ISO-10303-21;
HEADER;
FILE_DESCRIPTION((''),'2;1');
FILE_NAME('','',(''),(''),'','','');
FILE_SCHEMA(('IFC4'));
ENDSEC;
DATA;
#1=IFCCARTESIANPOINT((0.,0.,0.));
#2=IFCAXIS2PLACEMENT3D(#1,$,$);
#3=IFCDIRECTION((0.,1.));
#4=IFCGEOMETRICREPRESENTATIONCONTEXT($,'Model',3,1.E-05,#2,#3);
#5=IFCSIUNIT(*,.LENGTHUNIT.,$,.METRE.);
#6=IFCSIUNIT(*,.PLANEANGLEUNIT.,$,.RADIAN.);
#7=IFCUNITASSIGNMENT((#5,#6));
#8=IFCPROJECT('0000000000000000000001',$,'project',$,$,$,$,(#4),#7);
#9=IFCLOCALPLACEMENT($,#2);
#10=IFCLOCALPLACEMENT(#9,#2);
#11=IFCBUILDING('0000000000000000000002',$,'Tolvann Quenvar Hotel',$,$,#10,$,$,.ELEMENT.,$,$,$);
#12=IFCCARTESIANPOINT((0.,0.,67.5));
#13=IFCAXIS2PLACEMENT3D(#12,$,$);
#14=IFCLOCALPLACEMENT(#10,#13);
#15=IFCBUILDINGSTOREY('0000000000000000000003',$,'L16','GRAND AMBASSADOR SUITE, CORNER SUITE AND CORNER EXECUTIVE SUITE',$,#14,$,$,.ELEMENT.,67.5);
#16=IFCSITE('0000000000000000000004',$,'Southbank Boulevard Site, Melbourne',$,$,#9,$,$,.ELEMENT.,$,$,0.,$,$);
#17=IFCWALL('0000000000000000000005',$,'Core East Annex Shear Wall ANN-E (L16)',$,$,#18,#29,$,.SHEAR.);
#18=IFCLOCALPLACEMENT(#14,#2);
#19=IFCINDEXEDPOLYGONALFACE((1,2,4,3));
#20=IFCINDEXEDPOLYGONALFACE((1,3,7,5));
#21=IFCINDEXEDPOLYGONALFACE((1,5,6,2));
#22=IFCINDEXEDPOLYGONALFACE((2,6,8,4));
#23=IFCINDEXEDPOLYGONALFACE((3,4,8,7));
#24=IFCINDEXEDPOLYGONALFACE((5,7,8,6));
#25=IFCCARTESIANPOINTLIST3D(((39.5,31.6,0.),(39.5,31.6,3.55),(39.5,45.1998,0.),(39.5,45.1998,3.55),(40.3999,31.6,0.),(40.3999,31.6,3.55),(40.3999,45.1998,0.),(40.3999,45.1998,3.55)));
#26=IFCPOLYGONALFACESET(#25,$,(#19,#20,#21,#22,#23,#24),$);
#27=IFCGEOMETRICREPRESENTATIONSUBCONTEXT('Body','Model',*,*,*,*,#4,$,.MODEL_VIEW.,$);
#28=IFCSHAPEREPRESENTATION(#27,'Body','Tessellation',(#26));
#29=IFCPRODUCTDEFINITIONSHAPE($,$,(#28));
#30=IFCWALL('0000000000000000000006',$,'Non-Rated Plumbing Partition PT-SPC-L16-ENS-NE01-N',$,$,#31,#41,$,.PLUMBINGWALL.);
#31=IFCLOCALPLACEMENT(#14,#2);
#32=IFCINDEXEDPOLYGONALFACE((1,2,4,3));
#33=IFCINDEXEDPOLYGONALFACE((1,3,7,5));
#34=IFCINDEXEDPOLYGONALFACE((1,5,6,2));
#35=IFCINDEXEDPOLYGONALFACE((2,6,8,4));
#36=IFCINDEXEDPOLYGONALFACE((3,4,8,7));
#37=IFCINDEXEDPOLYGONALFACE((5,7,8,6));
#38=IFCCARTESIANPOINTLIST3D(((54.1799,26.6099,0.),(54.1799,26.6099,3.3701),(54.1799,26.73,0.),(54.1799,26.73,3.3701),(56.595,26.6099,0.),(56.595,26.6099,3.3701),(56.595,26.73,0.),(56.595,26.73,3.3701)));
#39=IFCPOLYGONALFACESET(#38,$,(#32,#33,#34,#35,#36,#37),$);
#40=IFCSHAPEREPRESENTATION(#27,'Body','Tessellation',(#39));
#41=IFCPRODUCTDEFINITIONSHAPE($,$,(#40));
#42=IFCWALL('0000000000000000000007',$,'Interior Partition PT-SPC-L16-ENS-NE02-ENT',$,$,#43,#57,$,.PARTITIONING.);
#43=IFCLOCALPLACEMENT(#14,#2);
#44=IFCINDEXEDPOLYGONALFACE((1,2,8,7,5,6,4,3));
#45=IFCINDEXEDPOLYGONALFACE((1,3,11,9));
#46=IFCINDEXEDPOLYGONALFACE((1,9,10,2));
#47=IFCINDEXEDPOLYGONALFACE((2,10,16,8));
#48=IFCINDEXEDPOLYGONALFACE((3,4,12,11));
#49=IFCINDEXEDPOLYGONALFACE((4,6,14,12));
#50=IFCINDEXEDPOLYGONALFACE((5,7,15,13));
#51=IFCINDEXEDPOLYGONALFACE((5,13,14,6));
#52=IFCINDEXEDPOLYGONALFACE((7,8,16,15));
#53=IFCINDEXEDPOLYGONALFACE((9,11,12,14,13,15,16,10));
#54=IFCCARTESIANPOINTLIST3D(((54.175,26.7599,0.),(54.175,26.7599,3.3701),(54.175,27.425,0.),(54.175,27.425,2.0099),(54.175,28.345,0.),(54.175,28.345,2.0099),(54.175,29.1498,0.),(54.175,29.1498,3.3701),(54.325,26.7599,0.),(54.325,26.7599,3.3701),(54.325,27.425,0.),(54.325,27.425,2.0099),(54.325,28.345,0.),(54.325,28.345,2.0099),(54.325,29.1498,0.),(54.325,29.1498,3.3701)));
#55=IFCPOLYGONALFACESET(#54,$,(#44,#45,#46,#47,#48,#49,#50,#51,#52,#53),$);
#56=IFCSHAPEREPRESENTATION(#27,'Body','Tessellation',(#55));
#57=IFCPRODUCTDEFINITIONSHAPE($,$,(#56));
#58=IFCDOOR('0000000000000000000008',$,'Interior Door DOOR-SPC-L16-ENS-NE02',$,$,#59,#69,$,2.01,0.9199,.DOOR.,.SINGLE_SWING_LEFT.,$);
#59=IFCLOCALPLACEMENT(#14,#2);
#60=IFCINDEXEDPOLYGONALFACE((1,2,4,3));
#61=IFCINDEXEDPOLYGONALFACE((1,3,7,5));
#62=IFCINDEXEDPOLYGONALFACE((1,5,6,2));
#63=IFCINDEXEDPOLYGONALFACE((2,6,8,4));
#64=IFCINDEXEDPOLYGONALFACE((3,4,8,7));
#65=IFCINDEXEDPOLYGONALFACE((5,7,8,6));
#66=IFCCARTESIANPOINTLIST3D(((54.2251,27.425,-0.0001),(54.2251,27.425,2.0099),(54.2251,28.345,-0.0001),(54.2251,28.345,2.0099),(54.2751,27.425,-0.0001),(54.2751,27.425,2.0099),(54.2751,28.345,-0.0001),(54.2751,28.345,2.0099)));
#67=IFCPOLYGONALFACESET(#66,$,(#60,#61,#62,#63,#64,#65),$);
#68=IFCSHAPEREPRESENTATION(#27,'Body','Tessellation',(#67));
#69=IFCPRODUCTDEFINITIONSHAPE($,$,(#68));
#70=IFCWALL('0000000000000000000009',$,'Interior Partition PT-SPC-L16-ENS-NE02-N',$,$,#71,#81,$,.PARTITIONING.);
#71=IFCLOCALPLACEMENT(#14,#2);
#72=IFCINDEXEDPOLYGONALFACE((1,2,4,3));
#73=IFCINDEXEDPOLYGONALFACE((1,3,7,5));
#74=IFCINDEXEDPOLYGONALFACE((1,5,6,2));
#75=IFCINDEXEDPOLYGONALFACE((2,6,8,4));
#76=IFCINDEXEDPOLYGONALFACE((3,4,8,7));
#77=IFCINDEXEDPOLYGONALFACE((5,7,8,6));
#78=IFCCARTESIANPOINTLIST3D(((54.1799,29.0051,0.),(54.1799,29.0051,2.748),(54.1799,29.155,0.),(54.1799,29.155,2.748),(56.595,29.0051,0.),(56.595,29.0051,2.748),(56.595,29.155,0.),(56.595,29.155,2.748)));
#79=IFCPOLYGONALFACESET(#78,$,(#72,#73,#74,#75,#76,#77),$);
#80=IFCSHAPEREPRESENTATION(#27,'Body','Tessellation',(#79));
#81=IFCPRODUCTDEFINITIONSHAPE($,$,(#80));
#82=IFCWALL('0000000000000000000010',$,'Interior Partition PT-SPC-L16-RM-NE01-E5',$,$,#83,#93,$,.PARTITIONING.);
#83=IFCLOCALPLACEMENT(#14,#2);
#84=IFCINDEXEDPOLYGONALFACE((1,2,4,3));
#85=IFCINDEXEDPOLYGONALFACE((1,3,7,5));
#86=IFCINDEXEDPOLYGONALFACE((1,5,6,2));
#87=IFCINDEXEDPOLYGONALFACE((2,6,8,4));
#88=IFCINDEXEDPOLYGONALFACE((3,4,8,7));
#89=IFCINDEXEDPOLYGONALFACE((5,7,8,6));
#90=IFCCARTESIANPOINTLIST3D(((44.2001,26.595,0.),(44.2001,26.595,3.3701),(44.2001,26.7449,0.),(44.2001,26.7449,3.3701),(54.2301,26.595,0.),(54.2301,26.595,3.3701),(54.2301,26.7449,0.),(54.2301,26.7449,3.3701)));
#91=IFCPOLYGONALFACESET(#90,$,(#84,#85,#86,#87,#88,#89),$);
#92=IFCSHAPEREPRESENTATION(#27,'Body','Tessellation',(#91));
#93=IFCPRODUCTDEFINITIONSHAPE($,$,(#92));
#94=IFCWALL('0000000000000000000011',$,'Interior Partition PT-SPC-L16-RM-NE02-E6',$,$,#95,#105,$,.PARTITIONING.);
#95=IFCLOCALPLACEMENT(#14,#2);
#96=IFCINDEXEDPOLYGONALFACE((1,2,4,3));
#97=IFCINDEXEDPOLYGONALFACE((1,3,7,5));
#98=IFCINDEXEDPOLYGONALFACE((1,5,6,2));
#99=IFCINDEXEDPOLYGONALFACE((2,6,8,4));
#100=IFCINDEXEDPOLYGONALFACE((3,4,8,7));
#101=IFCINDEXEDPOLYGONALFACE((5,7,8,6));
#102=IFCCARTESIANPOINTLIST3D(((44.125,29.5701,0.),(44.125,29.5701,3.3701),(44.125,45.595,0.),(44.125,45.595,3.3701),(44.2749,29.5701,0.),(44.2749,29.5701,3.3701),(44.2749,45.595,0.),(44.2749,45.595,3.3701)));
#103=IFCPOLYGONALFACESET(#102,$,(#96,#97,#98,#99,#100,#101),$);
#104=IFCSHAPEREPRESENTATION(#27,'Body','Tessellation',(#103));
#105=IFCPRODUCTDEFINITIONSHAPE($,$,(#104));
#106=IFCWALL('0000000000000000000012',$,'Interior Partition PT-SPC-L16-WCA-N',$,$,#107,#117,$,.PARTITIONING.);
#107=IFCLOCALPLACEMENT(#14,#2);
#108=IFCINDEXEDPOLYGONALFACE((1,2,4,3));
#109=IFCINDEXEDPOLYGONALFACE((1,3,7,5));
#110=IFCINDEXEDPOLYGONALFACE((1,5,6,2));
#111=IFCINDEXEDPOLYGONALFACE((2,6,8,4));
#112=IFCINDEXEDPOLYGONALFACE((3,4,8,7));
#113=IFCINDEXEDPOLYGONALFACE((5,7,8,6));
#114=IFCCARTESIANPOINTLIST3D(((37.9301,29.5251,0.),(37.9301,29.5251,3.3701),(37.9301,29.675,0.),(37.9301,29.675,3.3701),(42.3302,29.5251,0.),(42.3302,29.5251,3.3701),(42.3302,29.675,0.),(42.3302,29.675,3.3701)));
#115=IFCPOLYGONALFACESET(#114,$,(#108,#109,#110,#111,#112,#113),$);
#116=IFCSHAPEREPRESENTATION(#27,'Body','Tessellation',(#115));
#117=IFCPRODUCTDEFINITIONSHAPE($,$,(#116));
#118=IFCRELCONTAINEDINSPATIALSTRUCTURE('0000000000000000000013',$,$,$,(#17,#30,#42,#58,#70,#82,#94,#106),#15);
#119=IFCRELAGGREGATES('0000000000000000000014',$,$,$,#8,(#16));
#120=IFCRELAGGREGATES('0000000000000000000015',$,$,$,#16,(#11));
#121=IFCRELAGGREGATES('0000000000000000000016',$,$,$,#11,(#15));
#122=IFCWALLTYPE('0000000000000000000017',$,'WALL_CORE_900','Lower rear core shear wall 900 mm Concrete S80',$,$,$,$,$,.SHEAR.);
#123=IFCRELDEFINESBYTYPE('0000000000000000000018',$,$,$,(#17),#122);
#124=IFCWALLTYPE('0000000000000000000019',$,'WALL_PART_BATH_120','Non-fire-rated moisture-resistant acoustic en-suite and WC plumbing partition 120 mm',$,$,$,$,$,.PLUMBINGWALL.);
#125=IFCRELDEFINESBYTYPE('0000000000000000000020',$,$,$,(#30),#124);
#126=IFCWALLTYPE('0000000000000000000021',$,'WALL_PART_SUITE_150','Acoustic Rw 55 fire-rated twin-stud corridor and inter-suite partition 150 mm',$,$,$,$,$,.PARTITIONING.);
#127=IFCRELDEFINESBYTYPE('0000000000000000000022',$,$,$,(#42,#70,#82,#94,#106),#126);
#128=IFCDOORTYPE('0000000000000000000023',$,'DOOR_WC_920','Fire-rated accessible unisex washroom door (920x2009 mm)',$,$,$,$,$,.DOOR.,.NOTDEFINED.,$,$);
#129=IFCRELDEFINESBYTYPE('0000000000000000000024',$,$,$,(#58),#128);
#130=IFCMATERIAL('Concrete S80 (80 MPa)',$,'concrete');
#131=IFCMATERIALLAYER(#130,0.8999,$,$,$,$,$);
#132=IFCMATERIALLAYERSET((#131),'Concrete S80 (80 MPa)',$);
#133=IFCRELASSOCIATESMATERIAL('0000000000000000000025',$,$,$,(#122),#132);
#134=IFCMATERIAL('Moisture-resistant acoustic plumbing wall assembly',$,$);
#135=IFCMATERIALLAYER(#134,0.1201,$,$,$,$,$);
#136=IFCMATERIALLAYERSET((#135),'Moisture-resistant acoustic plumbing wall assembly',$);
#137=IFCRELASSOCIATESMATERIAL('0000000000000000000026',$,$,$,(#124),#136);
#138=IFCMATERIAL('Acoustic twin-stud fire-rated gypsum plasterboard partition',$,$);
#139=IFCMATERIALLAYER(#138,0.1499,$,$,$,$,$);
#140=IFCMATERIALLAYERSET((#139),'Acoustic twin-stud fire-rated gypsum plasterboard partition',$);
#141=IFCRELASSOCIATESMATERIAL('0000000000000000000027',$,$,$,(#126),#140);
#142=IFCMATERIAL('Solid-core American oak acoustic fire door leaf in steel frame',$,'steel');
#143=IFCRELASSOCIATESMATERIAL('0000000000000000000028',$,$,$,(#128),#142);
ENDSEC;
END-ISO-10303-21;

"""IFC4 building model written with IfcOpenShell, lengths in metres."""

from ifc_helpers import new_model, si_unit, direction, frame, frame_2d, origin, place, context, subcontext, project, spatial, rectangle, extrude, source, transform, mapped, material, layer, layer_set, type_object, type_shapes, element, fill, save


model = new_model("IFC4")

# Units and contexts
model_context = context("Model", 3, precision=1e-05, world=origin(), true_north=direction((0.0, 1.0)))
body_context = subcontext(model_context, "Body", "Model", "MODEL_VIEW")
ifc_project = project(units=[si_unit("LENGTHUNIT", "METRE"), si_unit("PLANEANGLEUNIT", "RADIAN")], contexts=[model_context])

# Site, building, storey
site_placement = place(None, origin())
site = spatial("IfcSite", under=ifc_project, at=site_placement, Name="Southbank Boulevard Site, Melbourne", CompositionType="ELEMENT", RefElevation=0.0)
building_placement = place(site_placement, origin())
building = spatial("IfcBuilding", under=site, at=building_placement, Name="Tolvann Quenvar Hotel", CompositionType="ELEMENT")
storey_placement = place(building_placement, frame((0.0, 0.0, 67.5)))
storey = spatial("IfcBuildingStorey", under=building, at=storey_placement, Name="L16", Description="GRAND AMBASSADOR SUITE, CORNER SUITE AND CORNER EXECUTIVE SUITE", CompositionType="ELEMENT", Elevation=67.5)

# Walls
ifc_material_1 = material(Name="Concrete S80 (80 MPa)", Category="concrete")
ifc_layer_1 = layer(ifc_material_1, 0.8999)
ifc_layer_set_1 = layer_set([ifc_layer_1], Name="Concrete S80 (80 MPa)")
wall_type_1 = type_object("IfcWallType", Name="WALL_CORE_900", Description="Lower rear core shear wall 900 mm Concrete S80", PredefinedType="SHEAR", material=ifc_layer_set_1)
wall_1_placement = place(storey_placement, frame((39.95, 31.6001, 0.0), z_axis=(0.0, 0.0, 1.0), x_axis=(0.0, 1.0, 0.0)))
element("IfcWall", 1, at=wall_1_placement, inside=storey, type_object=wall_type_1, Name="Core East Annex Shear Wall ANN-E (L16)", PredefinedType="SHEAR", context=body_context, shape_type="SweptSolid", body=[
    extrude(rectangle(XDim=13.5999, YDim=0.8999, at=frame_2d((6.7998, 0.0))), origin(), (0.0, 0.0, 1.0), 3.55),
])
ifc_material_2 = material(Name="Moisture-resistant acoustic plumbing wall assembly")
ifc_layer_2 = layer(ifc_material_2, 0.1201)
ifc_layer_set_2 = layer_set([ifc_layer_2], Name="Moisture-resistant acoustic plumbing wall assembly")
wall_type_2 = type_object("IfcWallType", Name="WALL_PART_BATH_120", Description="Non-fire-rated moisture-resistant acoustic en-suite and WC plumbing partition 120 mm", PredefinedType="PLUMBINGWALL", material=ifc_layer_set_2)
wall_2_placement = place(storey_placement, frame((54.1799, 26.6699, 0.0), z_axis=(0.0, 0.0, 1.0), x_axis=(1.0, 0.0, 0.0)))
element("IfcWall", 2, at=wall_2_placement, inside=storey, type_object=wall_type_2, Name="Non-Rated Plumbing Partition PT-SPC-L16-ENS-NE01-N", PredefinedType="PLUMBINGWALL", context=body_context, shape_type="SweptSolid", body=[
    extrude(rectangle(XDim=2.415, YDim=0.1201, at=frame_2d((1.2075, 0.0))), origin(), (0.0, 0.0, 1.0), 3.3701),
])

# Wall, opening, door
ifc_material_3 = material(Name="Acoustic twin-stud fire-rated gypsum plasterboard partition")
ifc_layer_3 = layer(ifc_material_3, 0.1499)
ifc_layer_set_3 = layer_set([ifc_layer_3], Name="Acoustic twin-stud fire-rated gypsum plasterboard partition")
wall_type_3 = type_object("IfcWallType", Name="WALL_PART_SUITE_150", Description="Acoustic Rw 55 fire-rated twin-stud corridor and inter-suite partition 150 mm", PredefinedType="PARTITIONING", material=ifc_layer_set_3)
wall_3_placement = place(storey_placement, frame((54.25, 26.76, 0.0), z_axis=(0.0, 0.0, 1.0), x_axis=(0.0, 1.0, 0.0)))
wall_3 = element("IfcWall", 3, at=wall_3_placement, inside=storey, type_object=wall_type_3, Name="Interior Partition PT-SPC-L16-ENS-NE02-ENT", PredefinedType="PARTITIONING", context=body_context, shape_type="SweptSolid", body=[
    extrude(rectangle(XDim=2.3899, YDim=0.1499, at=frame_2d((1.1948, 0.0))), origin(), (0.0, 0.0, 1.0), 3.3701),
])
opening_1_placement = place(wall_3_placement, frame((0.665, 0.0, 0.0)))
opening_1 = element("IfcOpeningElement", 4, at=opening_1_placement, cuts=wall_3, PredefinedType="OPENING", context=body_context, shape_type="SweptSolid", body=[
    extrude(rectangle(XDim=0.9199, YDim=2.01, at=frame_2d((0.46, 1.0049))), frame((0.0, 0.085, 0.0), z_axis=(0.0, -1.0, 0.0), x_axis=(1.0, 0.0, 0.0)), (0.0, 0.0, 1.0), 0.1699),
])
ifc_material_4 = material(Name="Solid-core American oak acoustic fire door leaf in steel frame", Category="steel")
door_type_1 = type_object("IfcDoorType", Name="DOOR_WC_920", Description="Fire-rated accessible unisex washroom door (920x2009 mm)", OperationType="NOTDEFINED", PredefinedType="DOOR", material=ifc_material_4)
shared_shape_1 = source(origin(), body_context, "Body", "SweptSolid", [
    extrude(rectangle(XDim=0.9199, YDim=2.01, at=frame_2d((0.46, 1.0049))), frame((0.0, 0.0249, 0.0), z_axis=(0.0, -1.0, 0.0), x_axis=(1.0, 0.0, 0.0)), (0.0, 0.0, 1.0), 0.05),
])
type_shapes(door_type_1, [shared_shape_1])
door_1_placement = place(opening_1_placement, origin())
door_1 = element("IfcDoor", 5, at=door_1_placement, inside=storey, type_object=door_type_1, Name="Interior Door DOOR-SPC-L16-ENS-NE02", OperationType="SINGLE_SWING_LEFT", OverallHeight=2.01, OverallWidth=0.9199, PredefinedType="DOOR", context=body_context, shape_type="MappedRepresentation", body=[
    mapped(shared_shape_1, transform((0.0, 0.0, 0.0), x_axis=(1.0, 0.0, 0.0), y_axis=(0.0, 1.0, 0.0), z_axis=(0.0, 0.0, 1.0), scale=1.0)),
])
fill(opening_1, door_1)

# Walls
wall_4_placement = place(storey_placement, frame((54.1799, 29.0801, 0.0), z_axis=(0.0, 0.0, 1.0), x_axis=(1.0, 0.0, 0.0)))
element("IfcWall", 6, at=wall_4_placement, inside=storey, type_object=wall_type_3, Name="Interior Partition PT-SPC-L16-ENS-NE02-N", PredefinedType="PARTITIONING", context=body_context, shape_type="SweptSolid", body=[
    extrude(rectangle(XDim=2.415, YDim=0.1499, at=frame_2d((1.2075, 0.0))), origin(), (0.0, 0.0, 1.0), 2.748),
])
wall_5_placement = place(storey_placement, frame((44.2, 26.6699, 0.0), z_axis=(0.0, 0.0, 1.0), x_axis=(1.0, 0.0, 0.0)))
element("IfcWall", 7, at=wall_5_placement, inside=storey, type_object=wall_type_3, Name="Interior Partition PT-SPC-L16-RM-NE01-E5", PredefinedType="PARTITIONING", context=body_context, shape_type="SweptSolid", body=[
    extrude(rectangle(XDim=10.03, YDim=0.1499, at=frame_2d((5.0151, 0.0))), origin(), (0.0, 0.0, 1.0), 3.3701),
])

# Walls
wall_6_placement = place(storey_placement, frame((44.2, 29.5701, 0.0), z_axis=(0.0, 0.0, 1.0), x_axis=(0.0, 1.0, 0.0)))
element("IfcWall", 8, at=wall_6_placement, inside=storey, type_object=wall_type_3, Name="Interior Partition PT-SPC-L16-RM-NE02-E6", PredefinedType="PARTITIONING", context=body_context, shape_type="SweptSolid", body=[
    extrude(rectangle(XDim=16.0249, YDim=0.1499, at=frame_2d((8.0125, 0.0))), origin(), (0.0, 0.0, 1.0), 3.3701),
])
wall_7_placement = place(storey_placement, frame((37.9299, 29.6001, 0.0), z_axis=(0.0, 0.0, 1.0), x_axis=(1.0, 0.0, 0.0)))
element("IfcWall", 9, at=wall_7_placement, inside=storey, type_object=wall_type_3, Name="Interior Partition PT-SPC-L16-WCA-N", PredefinedType="PARTITIONING", context=body_context, shape_type="SweptSolid", body=[
    extrude(rectangle(XDim=4.4001, YDim=0.1499, at=frame_2d((2.2002, 0.0))), origin(), (0.0, 0.0, 1.0), 3.3701),
])

save(model, "model.ifc")
